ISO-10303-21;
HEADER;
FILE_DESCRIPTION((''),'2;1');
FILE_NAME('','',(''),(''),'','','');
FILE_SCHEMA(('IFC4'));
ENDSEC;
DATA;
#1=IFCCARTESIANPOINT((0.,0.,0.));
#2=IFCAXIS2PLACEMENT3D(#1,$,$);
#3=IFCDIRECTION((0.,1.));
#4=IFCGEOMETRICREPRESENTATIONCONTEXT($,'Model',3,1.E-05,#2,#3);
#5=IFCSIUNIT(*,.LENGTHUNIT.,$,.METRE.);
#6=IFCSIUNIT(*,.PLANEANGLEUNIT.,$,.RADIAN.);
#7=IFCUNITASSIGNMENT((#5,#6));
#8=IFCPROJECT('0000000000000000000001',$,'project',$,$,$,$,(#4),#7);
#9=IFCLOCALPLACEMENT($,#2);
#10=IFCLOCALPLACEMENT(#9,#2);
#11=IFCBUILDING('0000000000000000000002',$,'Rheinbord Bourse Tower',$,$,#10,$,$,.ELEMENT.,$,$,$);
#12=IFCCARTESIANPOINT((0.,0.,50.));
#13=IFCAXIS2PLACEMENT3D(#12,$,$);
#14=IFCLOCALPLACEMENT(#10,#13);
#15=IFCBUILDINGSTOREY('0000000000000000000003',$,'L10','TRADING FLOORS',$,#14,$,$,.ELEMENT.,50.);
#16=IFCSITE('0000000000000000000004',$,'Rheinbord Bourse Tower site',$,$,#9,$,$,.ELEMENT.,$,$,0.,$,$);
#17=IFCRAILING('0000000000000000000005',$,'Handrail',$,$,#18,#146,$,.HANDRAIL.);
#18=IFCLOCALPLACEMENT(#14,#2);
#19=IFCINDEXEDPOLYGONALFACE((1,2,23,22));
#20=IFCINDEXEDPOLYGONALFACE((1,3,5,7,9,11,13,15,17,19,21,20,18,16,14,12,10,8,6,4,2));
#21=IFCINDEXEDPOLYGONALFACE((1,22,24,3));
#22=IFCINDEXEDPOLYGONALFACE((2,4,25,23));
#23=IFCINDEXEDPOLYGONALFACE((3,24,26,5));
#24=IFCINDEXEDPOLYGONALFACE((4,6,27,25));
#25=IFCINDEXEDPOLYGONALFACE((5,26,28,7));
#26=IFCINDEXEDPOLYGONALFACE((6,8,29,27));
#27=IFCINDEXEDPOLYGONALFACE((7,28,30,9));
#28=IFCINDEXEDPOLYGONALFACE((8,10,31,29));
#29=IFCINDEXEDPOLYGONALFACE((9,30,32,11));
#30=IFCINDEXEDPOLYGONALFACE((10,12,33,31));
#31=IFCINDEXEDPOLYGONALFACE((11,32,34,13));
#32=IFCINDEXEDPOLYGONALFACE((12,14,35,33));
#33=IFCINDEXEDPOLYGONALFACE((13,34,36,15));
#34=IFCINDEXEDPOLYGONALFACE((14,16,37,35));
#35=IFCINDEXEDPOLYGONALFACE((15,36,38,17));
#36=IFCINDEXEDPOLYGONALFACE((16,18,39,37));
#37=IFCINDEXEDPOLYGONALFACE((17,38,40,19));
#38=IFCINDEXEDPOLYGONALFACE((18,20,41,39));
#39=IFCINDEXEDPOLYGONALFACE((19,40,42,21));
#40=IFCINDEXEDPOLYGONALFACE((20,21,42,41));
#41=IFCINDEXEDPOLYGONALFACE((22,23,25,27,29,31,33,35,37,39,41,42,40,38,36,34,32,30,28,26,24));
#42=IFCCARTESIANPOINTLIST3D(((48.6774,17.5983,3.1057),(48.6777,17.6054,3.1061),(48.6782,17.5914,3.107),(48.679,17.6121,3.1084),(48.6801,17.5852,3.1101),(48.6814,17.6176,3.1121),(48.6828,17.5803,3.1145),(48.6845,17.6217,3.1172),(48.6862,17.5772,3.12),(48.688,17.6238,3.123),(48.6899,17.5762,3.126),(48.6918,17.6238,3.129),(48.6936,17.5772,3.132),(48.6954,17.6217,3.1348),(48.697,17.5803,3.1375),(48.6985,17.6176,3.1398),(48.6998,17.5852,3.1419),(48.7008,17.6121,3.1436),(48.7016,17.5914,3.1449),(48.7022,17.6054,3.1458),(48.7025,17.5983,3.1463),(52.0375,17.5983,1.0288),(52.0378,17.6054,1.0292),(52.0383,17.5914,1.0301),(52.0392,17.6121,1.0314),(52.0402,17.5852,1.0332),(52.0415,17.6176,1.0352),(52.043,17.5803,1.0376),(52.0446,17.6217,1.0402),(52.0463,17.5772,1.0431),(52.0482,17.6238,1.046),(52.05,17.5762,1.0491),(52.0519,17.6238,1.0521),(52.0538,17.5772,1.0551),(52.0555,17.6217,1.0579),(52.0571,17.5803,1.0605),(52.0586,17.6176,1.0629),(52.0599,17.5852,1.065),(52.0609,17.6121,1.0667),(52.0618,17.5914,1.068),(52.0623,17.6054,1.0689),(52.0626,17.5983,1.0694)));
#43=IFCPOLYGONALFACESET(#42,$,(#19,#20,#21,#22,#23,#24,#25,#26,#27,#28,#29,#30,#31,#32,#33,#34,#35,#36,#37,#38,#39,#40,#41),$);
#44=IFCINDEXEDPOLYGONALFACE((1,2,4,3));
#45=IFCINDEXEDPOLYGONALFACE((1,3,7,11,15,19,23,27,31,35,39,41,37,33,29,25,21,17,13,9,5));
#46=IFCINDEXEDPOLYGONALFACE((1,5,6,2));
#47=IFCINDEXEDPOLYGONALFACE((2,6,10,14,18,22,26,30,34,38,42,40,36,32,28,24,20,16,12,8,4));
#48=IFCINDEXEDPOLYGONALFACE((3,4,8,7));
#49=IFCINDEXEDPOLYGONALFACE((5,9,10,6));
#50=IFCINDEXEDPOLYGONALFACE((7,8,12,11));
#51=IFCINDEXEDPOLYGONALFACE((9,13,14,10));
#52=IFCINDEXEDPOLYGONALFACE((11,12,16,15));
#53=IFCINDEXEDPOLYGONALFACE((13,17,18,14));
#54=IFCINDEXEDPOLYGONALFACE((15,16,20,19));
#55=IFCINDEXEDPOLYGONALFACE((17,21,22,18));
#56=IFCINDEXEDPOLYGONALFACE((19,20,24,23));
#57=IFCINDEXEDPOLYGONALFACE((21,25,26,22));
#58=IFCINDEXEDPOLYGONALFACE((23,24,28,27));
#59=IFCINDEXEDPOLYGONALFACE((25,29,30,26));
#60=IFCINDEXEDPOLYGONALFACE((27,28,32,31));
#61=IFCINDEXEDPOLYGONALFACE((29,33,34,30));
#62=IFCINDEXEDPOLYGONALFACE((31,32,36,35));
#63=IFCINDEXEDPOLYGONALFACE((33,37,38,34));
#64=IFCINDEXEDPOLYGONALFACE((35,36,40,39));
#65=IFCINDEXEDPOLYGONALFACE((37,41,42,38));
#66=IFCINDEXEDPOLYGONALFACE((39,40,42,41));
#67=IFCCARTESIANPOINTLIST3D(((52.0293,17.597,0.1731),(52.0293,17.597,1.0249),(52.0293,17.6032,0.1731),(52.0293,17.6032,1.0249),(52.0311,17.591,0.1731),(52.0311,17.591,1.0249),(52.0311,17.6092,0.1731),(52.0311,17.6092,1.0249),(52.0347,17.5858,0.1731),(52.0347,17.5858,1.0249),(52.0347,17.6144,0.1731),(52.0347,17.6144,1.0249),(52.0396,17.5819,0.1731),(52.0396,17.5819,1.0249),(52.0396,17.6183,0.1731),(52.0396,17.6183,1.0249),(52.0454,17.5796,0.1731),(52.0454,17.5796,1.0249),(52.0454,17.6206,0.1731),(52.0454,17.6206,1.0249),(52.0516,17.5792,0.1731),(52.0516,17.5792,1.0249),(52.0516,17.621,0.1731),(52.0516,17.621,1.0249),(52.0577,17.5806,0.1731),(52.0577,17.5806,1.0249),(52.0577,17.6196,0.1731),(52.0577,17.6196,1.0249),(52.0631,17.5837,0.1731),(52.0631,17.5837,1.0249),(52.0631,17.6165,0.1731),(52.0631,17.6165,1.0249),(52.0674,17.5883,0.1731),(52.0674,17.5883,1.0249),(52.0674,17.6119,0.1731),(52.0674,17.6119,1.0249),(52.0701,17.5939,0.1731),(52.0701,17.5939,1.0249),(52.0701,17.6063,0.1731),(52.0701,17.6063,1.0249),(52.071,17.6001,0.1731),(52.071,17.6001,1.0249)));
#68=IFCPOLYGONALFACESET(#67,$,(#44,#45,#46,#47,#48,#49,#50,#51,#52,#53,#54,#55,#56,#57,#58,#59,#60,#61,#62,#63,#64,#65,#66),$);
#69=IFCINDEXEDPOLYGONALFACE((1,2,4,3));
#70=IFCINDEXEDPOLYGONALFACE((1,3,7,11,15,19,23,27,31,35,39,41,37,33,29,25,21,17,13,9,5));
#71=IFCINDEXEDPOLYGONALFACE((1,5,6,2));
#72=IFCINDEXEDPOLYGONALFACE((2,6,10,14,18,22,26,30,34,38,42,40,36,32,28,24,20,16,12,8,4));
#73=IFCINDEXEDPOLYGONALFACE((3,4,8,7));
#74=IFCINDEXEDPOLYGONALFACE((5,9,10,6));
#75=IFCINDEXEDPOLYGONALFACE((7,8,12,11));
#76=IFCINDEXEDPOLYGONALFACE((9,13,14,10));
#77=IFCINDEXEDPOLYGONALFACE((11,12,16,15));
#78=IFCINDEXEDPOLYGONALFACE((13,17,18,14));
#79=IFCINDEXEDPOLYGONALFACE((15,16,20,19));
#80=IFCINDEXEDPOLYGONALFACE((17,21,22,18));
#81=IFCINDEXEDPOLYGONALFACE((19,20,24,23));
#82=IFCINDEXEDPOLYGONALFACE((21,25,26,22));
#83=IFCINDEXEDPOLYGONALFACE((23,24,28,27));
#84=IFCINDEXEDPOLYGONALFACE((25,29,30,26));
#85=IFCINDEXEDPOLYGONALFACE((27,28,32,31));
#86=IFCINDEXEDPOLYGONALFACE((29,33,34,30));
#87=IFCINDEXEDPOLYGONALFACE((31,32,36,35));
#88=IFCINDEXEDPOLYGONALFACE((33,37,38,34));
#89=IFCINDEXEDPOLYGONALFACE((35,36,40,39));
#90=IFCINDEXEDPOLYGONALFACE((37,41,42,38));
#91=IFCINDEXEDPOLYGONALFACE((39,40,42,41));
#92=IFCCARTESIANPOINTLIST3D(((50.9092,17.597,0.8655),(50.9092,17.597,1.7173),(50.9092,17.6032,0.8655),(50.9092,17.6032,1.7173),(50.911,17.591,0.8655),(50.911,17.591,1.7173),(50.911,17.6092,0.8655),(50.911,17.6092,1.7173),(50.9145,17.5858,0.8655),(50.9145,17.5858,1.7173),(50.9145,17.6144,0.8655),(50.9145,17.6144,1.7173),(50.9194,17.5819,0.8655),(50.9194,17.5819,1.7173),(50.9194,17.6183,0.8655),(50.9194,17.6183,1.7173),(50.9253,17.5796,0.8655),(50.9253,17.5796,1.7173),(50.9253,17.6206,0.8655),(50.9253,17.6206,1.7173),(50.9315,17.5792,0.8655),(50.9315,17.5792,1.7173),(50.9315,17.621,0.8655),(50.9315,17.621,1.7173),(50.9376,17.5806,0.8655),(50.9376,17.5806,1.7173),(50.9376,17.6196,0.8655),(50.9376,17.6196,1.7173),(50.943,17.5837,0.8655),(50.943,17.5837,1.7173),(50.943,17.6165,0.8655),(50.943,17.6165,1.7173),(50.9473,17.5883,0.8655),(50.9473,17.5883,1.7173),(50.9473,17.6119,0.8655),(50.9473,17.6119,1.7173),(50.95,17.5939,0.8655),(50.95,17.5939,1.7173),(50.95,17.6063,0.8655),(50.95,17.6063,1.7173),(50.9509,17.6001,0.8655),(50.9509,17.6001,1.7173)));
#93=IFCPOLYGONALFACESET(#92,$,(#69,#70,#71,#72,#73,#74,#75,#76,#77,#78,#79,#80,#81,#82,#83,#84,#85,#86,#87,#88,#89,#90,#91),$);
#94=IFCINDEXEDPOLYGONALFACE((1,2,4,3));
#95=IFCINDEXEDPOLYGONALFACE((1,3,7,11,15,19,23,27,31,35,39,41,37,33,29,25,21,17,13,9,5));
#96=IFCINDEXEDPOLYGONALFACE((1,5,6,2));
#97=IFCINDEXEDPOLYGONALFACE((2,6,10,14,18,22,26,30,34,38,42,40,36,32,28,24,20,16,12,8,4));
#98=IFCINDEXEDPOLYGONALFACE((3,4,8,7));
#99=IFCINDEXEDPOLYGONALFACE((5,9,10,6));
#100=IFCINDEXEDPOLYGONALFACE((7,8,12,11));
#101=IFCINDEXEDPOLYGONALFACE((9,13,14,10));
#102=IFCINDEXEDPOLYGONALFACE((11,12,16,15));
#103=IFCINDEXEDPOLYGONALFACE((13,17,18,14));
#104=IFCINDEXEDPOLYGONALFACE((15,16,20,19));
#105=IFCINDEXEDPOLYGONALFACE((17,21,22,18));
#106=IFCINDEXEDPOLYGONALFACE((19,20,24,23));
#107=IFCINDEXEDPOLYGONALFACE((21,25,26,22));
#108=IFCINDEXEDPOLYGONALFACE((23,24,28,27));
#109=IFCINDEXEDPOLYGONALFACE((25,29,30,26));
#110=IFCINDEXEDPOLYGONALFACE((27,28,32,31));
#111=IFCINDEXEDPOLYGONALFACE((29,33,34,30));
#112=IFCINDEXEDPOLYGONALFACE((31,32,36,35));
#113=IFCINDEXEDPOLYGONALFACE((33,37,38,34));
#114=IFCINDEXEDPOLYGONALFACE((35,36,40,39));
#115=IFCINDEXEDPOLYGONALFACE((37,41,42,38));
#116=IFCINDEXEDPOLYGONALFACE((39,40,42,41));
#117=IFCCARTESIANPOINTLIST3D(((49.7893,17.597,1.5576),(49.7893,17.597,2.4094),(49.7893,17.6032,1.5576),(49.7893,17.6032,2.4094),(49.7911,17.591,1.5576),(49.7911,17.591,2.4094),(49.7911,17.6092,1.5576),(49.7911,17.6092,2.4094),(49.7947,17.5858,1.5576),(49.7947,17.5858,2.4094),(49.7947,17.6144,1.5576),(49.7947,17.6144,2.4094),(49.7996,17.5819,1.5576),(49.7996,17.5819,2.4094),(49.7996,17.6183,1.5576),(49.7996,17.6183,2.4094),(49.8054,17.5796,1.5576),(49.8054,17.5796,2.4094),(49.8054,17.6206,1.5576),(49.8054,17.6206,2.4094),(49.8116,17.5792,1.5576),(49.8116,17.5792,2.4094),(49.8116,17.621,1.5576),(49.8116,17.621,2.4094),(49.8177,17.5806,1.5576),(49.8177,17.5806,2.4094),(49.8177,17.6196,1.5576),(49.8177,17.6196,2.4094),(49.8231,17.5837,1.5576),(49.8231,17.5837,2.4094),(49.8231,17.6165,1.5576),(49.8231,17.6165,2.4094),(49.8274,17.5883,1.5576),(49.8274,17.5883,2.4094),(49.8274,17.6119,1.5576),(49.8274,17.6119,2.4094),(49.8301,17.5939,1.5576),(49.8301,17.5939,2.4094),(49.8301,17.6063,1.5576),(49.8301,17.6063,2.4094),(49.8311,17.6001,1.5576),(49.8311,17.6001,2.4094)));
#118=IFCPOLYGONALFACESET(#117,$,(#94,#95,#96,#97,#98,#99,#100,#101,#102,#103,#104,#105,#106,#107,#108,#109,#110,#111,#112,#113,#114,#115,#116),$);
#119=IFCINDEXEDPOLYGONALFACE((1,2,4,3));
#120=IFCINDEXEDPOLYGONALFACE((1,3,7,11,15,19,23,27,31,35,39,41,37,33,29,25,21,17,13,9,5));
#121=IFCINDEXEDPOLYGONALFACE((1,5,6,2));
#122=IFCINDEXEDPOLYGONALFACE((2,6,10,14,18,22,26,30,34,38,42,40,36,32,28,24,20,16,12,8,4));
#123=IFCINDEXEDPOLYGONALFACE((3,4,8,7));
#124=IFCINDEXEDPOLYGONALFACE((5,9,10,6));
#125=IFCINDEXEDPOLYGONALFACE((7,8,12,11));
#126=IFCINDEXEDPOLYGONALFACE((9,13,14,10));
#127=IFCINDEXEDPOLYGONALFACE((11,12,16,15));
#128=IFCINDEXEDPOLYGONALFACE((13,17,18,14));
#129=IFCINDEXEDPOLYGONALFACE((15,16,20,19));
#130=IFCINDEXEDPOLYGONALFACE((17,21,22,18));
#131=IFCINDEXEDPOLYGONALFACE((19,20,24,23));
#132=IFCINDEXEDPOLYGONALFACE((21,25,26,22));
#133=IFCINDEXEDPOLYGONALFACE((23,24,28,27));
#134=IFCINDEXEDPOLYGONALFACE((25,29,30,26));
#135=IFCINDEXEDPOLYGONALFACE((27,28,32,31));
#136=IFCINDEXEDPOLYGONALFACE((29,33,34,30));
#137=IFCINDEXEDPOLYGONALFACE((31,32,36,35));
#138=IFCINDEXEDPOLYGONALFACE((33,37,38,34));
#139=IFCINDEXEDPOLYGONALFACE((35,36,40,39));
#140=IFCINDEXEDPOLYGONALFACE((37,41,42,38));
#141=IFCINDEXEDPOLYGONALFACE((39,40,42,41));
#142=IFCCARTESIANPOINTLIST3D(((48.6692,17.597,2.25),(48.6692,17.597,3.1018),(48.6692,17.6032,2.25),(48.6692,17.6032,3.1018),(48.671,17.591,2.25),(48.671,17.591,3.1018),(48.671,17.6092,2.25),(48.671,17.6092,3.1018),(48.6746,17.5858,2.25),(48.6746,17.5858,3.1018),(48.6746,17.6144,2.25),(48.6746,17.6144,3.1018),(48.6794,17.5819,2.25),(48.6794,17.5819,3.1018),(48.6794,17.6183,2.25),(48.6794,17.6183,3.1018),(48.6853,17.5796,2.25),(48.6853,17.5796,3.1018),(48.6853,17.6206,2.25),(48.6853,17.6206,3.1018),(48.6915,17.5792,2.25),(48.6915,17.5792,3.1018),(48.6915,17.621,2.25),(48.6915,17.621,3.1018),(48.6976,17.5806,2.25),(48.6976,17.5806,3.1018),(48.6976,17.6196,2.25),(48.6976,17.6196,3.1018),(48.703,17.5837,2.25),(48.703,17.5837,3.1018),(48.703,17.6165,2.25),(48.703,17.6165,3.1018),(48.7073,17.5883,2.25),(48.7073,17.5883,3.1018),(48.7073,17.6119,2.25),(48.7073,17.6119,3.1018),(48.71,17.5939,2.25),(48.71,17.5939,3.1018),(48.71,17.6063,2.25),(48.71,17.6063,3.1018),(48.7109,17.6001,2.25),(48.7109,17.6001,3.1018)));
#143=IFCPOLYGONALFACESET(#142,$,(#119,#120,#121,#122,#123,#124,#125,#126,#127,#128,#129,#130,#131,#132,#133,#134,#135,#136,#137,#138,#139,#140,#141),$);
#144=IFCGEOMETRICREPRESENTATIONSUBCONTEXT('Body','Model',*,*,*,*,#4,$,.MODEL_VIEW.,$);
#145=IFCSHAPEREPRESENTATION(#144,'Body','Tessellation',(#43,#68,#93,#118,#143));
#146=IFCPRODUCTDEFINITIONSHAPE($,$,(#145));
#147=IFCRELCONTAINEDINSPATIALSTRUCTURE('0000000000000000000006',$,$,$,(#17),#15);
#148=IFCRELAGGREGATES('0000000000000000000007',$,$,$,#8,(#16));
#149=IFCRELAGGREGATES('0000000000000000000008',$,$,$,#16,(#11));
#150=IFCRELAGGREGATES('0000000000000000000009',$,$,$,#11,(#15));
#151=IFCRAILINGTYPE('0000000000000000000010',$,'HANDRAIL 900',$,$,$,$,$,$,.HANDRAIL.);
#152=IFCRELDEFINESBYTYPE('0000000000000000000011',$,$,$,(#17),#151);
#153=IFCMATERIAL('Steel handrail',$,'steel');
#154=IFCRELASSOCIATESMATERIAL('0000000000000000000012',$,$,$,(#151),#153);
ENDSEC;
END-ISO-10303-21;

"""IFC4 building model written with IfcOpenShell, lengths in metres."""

from ifc_helpers import new_model, si_unit, direction, frame, origin, origin_2d, place, context, subcontext, project, spatial, circle, extrude, material, type_object, element, save


model = new_model("IFC4")

# Units and contexts
model_context = context("Model", 3, precision=1e-05, world=origin(), true_north=direction((0.0, 1.0)))
body_context = subcontext(model_context, "Body", "Model", "MODEL_VIEW")
ifc_project = project(units=[si_unit("LENGTHUNIT", "METRE"), si_unit("PLANEANGLEUNIT", "RADIAN")], contexts=[model_context])

# Site, building, storey
site_placement = place(None, origin())
site = spatial("IfcSite", under=ifc_project, at=site_placement, Name="Rheinbord Bourse Tower site", CompositionType="ELEMENT", RefElevation=0.0)
building_placement = place(site_placement, origin())
building = spatial("IfcBuilding", under=site, at=building_placement, Name="Rheinbord Bourse Tower", CompositionType="ELEMENT")
storey_placement = place(building_placement, frame((0.0, 0.0, 50.0)))
storey = spatial("IfcBuildingStorey", under=building, at=storey_placement, Name="L10", Description="TRADING FLOORS", CompositionType="ELEMENT", Elevation=50.0)

# Railing
ifc_material_1 = material(Name="Steel handrail", Category="steel")
railing_type = type_object("IfcRailingType", Name="HANDRAIL 900", PredefinedType="HANDRAIL", material=ifc_material_1)
railing_1_placement = place(storey_placement, frame((52.05, 17.6001, 0.1731)))
element("IfcRailing", 1, at=railing_1_placement, inside=storey, type_object=railing_type, Name="Handrail", PredefinedType="HANDRAIL", context=body_context, shape_type="SweptSolid", body=[
    extrude(circle(Radius=0.0239, at=origin_2d()), frame((0.0, 0.0, 0.876), z_axis=(-0.850623, 0.0, 0.525776), x_axis=(0.0, -1.0, 0.0)), (0.0, 0.0, 1.0), 3.9502),
    extrude(circle(Radius=0.021, at=origin_2d()), origin(), (0.0, 0.0, 1.0), 0.8518),
    extrude(circle(Radius=0.021, at=origin_2d()), frame((-1.1201, 0.0, 0.6924)), (0.0, 0.0, 1.0), 0.8518),
    extrude(circle(Radius=0.021, at=origin_2d()), frame((-2.24, 0.0, 1.3845)), (0.0, 0.0, 1.0), 0.8518),
    extrude(circle(Radius=0.021, at=origin_2d()), frame((-3.3601, 0.0, 2.0769)), (0.0, 0.0, 1.0), 0.8518),
])

save(model, "model.ifc")
